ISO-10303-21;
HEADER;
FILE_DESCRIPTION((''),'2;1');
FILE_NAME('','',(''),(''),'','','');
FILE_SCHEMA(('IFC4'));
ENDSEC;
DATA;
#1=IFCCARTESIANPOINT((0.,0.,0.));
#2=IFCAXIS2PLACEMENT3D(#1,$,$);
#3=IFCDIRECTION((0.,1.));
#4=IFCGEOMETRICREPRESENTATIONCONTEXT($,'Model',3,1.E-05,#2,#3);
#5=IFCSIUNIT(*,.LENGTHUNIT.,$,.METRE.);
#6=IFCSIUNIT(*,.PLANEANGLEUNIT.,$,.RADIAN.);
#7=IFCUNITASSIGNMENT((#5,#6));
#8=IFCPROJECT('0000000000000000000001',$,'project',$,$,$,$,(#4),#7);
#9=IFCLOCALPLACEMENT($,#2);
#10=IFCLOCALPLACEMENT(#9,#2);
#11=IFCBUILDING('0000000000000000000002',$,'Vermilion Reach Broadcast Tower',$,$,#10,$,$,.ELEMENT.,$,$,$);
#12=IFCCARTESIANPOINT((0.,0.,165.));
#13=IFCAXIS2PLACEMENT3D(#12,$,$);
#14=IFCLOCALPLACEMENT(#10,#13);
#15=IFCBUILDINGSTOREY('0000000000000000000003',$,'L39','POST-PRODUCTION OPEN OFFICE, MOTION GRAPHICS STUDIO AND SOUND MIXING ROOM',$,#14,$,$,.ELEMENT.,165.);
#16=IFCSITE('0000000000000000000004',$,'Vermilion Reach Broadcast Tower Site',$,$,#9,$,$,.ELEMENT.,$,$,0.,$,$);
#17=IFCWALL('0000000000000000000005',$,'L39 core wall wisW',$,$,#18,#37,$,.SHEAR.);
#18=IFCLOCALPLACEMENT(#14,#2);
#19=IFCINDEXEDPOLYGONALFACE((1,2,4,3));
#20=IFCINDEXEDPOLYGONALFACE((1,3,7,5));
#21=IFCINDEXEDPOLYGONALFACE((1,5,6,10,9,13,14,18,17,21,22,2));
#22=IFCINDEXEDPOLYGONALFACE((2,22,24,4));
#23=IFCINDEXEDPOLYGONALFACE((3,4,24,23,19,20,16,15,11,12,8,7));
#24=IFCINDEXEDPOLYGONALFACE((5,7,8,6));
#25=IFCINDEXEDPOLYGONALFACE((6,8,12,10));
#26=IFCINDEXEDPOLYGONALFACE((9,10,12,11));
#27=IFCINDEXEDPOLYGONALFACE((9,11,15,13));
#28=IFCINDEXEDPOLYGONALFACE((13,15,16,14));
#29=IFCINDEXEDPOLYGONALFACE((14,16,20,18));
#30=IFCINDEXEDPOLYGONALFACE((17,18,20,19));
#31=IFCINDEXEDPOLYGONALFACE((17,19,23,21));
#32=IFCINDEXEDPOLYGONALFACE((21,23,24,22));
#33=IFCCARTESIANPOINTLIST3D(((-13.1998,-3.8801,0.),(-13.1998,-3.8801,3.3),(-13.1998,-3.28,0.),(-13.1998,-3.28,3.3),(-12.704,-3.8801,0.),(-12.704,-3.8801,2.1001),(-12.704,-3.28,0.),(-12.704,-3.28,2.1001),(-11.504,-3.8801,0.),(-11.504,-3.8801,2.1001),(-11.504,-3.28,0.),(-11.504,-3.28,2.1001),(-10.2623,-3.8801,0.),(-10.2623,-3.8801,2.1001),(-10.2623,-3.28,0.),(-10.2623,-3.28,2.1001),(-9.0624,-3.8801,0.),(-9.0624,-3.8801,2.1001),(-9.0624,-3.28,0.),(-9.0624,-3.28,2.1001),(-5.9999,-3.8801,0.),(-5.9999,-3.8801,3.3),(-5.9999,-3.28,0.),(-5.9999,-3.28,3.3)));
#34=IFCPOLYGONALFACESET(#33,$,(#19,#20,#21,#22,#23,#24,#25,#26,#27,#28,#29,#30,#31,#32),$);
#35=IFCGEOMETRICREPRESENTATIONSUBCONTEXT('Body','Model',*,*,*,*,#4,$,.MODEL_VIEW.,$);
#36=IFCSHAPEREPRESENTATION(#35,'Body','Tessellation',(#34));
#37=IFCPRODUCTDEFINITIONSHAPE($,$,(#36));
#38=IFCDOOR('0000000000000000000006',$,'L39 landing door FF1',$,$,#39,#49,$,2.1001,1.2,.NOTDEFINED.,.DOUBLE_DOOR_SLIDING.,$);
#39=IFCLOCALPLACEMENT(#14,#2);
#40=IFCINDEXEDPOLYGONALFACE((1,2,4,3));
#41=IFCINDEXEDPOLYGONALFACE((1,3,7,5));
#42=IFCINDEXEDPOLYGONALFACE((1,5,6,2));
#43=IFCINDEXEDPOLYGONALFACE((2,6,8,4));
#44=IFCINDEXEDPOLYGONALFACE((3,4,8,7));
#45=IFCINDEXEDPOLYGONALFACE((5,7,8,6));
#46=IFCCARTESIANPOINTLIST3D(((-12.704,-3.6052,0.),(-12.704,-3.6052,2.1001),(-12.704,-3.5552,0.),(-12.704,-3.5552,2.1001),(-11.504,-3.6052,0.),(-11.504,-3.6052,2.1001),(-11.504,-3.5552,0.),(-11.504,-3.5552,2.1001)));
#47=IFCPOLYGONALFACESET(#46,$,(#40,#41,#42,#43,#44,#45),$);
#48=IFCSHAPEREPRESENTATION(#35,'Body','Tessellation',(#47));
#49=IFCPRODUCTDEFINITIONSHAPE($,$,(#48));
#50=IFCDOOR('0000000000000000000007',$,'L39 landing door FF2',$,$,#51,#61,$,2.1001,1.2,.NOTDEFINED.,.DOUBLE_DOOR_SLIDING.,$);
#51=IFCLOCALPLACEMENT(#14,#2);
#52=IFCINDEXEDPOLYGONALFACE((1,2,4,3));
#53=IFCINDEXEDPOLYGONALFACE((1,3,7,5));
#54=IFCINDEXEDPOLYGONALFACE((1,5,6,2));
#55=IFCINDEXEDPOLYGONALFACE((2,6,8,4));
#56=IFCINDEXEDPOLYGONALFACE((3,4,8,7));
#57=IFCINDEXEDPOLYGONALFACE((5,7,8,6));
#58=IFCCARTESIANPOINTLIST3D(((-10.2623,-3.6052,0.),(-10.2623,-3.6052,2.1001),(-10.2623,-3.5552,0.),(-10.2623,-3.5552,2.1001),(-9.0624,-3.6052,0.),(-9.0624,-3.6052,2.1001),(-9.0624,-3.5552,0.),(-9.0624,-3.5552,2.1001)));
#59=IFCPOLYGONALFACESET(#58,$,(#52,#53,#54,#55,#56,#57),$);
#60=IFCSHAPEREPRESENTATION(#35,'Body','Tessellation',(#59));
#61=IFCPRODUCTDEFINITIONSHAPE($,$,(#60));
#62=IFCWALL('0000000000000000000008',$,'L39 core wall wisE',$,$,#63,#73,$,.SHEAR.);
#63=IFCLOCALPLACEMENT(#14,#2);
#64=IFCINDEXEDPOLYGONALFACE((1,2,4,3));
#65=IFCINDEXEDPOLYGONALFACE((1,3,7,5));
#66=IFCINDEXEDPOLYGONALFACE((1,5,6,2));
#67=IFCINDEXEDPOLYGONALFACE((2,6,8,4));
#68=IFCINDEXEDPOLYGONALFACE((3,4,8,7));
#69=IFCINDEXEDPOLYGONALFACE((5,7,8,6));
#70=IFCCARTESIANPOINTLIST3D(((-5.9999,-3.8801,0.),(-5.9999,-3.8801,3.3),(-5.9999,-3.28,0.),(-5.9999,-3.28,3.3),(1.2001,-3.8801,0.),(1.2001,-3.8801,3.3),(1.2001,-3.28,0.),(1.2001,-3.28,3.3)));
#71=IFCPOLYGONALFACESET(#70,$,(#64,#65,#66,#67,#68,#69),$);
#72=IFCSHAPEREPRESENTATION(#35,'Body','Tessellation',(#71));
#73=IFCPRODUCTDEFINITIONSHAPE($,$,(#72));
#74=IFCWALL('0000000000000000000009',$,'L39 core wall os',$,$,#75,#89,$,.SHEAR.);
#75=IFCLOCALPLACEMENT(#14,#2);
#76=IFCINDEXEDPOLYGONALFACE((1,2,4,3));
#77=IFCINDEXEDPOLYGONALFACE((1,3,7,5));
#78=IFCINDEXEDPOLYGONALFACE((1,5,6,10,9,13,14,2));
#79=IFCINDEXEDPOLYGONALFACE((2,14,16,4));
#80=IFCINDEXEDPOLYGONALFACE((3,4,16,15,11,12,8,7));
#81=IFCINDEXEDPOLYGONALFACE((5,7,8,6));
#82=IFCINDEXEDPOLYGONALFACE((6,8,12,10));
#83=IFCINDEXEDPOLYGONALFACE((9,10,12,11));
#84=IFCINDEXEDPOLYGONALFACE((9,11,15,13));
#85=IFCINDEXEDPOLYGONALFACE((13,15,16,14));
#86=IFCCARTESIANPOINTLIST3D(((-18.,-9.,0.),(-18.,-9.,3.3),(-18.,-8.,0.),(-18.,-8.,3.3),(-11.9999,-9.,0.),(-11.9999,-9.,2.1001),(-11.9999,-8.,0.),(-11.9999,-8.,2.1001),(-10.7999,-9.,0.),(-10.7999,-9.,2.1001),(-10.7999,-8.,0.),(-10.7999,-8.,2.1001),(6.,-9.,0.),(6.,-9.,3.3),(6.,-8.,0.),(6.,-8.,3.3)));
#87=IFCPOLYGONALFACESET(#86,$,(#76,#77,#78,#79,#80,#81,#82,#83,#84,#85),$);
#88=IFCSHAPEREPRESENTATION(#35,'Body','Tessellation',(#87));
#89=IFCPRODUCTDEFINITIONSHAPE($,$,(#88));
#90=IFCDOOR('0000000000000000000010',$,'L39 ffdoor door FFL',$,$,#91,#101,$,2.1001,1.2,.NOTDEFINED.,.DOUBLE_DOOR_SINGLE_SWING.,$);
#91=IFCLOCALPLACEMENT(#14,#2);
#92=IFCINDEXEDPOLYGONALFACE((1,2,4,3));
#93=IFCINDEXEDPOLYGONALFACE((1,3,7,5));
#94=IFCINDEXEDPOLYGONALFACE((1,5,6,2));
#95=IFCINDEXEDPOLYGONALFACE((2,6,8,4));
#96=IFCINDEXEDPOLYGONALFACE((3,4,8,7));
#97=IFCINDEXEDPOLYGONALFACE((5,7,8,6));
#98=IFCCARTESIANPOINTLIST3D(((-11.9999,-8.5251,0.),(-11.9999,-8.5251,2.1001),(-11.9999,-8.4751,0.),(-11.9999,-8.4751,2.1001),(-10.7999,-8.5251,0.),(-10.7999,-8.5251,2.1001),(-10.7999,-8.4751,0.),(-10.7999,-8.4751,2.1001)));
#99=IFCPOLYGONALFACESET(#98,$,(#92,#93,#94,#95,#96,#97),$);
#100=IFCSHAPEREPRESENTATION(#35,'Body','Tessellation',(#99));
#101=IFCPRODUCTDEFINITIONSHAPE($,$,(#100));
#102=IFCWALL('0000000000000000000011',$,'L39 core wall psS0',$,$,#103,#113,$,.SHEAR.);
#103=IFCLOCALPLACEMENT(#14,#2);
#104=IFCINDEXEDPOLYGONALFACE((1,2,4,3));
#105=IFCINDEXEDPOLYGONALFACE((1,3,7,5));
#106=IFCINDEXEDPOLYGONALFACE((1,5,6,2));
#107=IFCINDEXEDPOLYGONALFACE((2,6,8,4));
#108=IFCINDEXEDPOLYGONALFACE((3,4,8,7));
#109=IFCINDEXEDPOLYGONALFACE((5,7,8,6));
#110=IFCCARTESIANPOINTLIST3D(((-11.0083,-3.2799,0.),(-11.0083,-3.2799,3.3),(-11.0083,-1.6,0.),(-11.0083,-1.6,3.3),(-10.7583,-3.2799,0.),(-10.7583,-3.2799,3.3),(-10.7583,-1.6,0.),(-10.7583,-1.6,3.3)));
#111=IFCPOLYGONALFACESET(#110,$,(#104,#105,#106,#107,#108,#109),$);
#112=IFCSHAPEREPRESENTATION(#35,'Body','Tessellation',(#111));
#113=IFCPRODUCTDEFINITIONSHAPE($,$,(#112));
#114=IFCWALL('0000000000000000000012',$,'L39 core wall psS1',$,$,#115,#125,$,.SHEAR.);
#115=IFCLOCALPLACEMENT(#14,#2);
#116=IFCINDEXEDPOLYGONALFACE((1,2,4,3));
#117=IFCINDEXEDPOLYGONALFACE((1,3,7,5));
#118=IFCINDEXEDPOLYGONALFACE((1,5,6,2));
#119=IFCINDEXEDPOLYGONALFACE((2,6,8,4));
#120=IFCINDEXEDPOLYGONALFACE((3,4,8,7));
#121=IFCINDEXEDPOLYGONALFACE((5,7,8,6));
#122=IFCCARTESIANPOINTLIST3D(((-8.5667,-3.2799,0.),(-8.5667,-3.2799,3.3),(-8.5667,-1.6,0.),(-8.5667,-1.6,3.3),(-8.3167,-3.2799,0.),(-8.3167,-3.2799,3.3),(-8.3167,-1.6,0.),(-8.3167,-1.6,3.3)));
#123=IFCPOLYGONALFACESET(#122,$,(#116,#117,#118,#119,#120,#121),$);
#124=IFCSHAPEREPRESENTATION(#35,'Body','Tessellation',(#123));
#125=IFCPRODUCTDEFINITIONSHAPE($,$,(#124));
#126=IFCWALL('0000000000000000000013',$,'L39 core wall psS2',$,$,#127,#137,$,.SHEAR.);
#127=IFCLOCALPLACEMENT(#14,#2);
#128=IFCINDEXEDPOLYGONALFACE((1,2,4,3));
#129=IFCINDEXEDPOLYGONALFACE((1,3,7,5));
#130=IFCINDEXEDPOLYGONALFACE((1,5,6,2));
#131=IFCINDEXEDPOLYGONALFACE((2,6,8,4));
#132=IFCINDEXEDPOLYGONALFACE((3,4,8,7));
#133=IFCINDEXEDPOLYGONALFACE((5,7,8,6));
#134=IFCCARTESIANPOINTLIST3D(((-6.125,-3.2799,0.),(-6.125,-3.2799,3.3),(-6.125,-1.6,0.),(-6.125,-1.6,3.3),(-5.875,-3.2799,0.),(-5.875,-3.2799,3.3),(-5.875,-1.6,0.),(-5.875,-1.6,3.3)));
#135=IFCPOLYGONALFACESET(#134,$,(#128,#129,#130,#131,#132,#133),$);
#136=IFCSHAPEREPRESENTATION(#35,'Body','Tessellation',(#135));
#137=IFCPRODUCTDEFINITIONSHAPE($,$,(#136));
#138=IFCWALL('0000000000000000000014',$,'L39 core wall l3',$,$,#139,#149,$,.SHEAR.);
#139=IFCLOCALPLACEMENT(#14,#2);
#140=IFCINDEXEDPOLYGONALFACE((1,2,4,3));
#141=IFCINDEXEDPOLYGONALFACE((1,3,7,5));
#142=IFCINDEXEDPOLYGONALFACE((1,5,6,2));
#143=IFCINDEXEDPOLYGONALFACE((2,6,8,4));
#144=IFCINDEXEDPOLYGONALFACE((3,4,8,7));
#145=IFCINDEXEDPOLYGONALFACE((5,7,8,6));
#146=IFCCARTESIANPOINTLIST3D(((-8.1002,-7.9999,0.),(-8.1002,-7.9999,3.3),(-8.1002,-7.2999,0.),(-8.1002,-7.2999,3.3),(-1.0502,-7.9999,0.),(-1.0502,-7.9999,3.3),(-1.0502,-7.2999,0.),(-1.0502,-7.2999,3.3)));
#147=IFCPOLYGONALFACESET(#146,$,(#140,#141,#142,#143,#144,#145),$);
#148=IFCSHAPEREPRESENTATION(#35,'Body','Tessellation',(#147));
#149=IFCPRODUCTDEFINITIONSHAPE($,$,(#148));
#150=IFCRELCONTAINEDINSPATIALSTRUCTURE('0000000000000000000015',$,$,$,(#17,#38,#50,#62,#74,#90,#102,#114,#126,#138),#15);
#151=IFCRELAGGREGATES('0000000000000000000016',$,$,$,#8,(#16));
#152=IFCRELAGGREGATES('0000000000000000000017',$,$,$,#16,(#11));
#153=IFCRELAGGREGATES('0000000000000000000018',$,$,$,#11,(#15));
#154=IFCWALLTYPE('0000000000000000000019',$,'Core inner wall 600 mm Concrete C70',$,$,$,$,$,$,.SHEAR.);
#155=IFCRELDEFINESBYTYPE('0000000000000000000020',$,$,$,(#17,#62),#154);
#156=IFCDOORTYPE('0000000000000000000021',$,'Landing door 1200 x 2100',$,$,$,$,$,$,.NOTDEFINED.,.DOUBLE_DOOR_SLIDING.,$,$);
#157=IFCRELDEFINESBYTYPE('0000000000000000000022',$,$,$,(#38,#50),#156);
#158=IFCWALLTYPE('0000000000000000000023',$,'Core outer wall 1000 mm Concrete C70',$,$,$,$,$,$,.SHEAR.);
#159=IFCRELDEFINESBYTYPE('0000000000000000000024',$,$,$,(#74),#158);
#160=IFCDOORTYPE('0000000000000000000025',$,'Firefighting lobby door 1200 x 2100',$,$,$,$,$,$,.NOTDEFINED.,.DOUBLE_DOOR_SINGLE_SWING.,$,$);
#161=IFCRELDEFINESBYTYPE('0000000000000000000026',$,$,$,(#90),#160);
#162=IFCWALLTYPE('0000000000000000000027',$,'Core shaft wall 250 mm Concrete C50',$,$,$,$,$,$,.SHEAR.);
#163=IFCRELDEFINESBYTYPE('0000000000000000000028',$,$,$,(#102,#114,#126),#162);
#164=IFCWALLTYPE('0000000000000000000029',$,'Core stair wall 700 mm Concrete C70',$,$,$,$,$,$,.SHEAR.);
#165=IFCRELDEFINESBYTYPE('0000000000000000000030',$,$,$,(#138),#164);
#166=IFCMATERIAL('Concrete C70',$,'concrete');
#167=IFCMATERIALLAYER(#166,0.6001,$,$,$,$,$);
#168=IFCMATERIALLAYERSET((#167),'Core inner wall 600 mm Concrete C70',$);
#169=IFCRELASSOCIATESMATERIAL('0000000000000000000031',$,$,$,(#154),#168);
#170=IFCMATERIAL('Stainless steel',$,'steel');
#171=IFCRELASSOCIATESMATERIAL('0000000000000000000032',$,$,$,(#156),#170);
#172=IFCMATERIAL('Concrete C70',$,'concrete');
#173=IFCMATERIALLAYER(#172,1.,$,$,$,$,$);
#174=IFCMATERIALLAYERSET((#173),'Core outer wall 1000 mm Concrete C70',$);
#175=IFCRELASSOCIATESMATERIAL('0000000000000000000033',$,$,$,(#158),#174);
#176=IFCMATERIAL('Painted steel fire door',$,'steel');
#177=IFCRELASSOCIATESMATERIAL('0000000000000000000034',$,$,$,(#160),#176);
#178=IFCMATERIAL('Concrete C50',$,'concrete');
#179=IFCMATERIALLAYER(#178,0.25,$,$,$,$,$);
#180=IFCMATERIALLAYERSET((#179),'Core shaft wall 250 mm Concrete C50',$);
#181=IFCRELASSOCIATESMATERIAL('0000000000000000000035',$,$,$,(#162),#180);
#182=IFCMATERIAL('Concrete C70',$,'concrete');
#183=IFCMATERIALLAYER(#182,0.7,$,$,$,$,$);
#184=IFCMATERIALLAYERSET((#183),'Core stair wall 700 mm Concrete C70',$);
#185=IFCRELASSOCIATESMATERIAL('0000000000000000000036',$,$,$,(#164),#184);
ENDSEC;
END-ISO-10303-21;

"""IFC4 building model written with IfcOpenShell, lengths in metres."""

from ifc_helpers import new_model, si_unit, direction, frame, frame_2d, origin, place, context, subcontext, project, spatial, rectangle, extrude, material, layer, layer_set, type_object, element, fill, save


model = new_model("IFC4")

# Units and contexts
model_context = context("Model", 3, precision=1e-05, world=origin(), true_north=direction((0.0, 1.0)))
body_context = subcontext(model_context, "Body", "Model", "MODEL_VIEW")
ifc_project = project(units=[si_unit("LENGTHUNIT", "METRE"), si_unit("PLANEANGLEUNIT", "RADIAN")], contexts=[model_context])

# Site, building, storey
site_placement = place(None, origin())
site = spatial("IfcSite", under=ifc_project, at=site_placement, Name="Vermilion Reach Broadcast Tower Site", CompositionType="ELEMENT", RefElevation=0.0)
building_placement = place(site_placement, origin())
building = spatial("IfcBuilding", under=site, at=building_placement, Name="Vermilion Reach Broadcast Tower", CompositionType="ELEMENT")
storey_placement = place(building_placement, frame((0.0, 0.0, 165.0)))
storey = spatial("IfcBuildingStorey", under=building, at=storey_placement, Name="L39", Description="POST-PRODUCTION OPEN OFFICE, MOTION GRAPHICS STUDIO AND SOUND MIXING ROOM", CompositionType="ELEMENT", Elevation=165.0)

# Wall, openings, doors
ifc_material_1 = material(Name="Concrete C70", Category="concrete")
ifc_layer_1 = layer(ifc_material_1, 0.6001)
ifc_layer_set_1 = layer_set([ifc_layer_1], Name="Core inner wall 600 mm Concrete C70")
wall_type_1 = type_object("IfcWallType", Name="Core inner wall 600 mm Concrete C70", PredefinedType="SHEAR", material=ifc_layer_set_1)
wall_1_placement = place(storey_placement, frame((-13.2, -3.5801, 0.0), z_axis=(0.0, 0.0, 1.0), x_axis=(1.0, 0.0, 0.0)))
wall_1 = element("IfcWall", 1, at=wall_1_placement, inside=storey, type_object=wall_type_1, Name="L39 core wall wisW", PredefinedType="SHEAR", context=body_context, shape_type="SweptSolid", body=[
    extrude(rectangle(XDim=7.2, YDim=0.6001, at=frame_2d((3.6001, 0.0))), origin(), (0.0, 0.0, 1.0), 3.3),
])
opening_1_placement = place(wall_1_placement, frame((0.4958, 0.0, 0.0)))
opening_1 = element("IfcOpeningElement", 2, at=opening_1_placement, cuts=wall_1, PredefinedType="OPENING", context=body_context, shape_type="SweptSolid", body=[
    extrude(rectangle(XDim=1.2, YDim=2.1001, at=frame_2d((0.6001, 1.05))), frame((0.0, 0.3101, 0.0), z_axis=(0.0, -1.0, 0.0), x_axis=(1.0, 0.0, 0.0)), (0.0, 0.0, 1.0), 0.6201),
])
opening_2_placement = place(wall_1_placement, frame((2.9375, 0.0, 0.0)))
opening_2 = element("IfcOpeningElement", 3, at=opening_2_placement, cuts=wall_1, PredefinedType="OPENING", context=body_context, shape_type="SweptSolid", body=[
    extrude(rectangle(XDim=1.2, YDim=2.1001, at=frame_2d((0.6001, 1.05))), frame((0.0, 0.3101, 0.0), z_axis=(0.0, -1.0, 0.0), x_axis=(1.0, 0.0, 0.0)), (0.0, 0.0, 1.0), 0.6201),
])
ifc_material_2 = material(Name="Stainless steel", Category="steel")
door_type_1 = type_object("IfcDoorType", Name="Landing door 1200 x 2100", OperationType="DOUBLE_DOOR_SLIDING", PredefinedType="NOTDEFINED", material=ifc_material_2)
door_1_placement = place(opening_1_placement, origin())
door_1 = element("IfcDoor", 4, at=door_1_placement, inside=storey, type_object=door_type_1, Name="L39 landing door FF1", OperationType="DOUBLE_DOOR_SLIDING", OverallHeight=2.1001, OverallWidth=1.2, PredefinedType="NOTDEFINED", context=body_context, shape_type="SweptSolid", body=[
    extrude(rectangle(XDim=1.2, YDim=2.1001, at=frame_2d((0.6001, 1.05))), frame((0.0, 0.0249, 0.0), z_axis=(0.0, -1.0, 0.0), x_axis=(1.0, 0.0, 0.0)), (0.0, 0.0, 1.0), 0.05),
])
fill(opening_1, door_1)
door_2_placement = place(opening_2_placement, origin())
door_2 = element("IfcDoor", 5, at=door_2_placement, inside=storey, type_object=door_type_1, Name="L39 landing door FF2", OperationType="DOUBLE_DOOR_SLIDING", OverallHeight=2.1001, OverallWidth=1.2, PredefinedType="NOTDEFINED", context=body_context, shape_type="SweptSolid", body=[
    extrude(rectangle(XDim=1.2, YDim=2.1001, at=frame_2d((0.6001, 1.05))), frame((0.0, 0.0249, 0.0), z_axis=(0.0, -1.0, 0.0), x_axis=(1.0, 0.0, 0.0)), (0.0, 0.0, 1.0), 0.05),
])
fill(opening_2, door_2)

# Wall
wall_2_placement = place(storey_placement, frame((-6.0, -3.5801, 0.0), z_axis=(0.0, 0.0, 1.0), x_axis=(1.0, 0.0, 0.0)))
element("IfcWall", 6, at=wall_2_placement, inside=storey, type_object=wall_type_1, Name="L39 core wall wisE", PredefinedType="SHEAR", context=body_context, shape_type="SweptSolid", body=[
    extrude(rectangle(XDim=7.2, YDim=0.6001, at=frame_2d((3.6001, 0.0))), origin(), (0.0, 0.0, 1.0), 3.3),
])

# Wall, opening, door
ifc_material_3 = material(Name="Concrete C70", Category="concrete")
ifc_layer_2 = layer(ifc_material_3, 1.0)
ifc_layer_set_2 = layer_set([ifc_layer_2], Name="Core outer wall 1000 mm Concrete C70")
wall_type_2 = type_object("IfcWallType", Name="Core outer wall 1000 mm Concrete C70", PredefinedType="SHEAR", material=ifc_layer_set_2)
wall_3_placement = place(storey_placement, frame((-18.0, -8.5, 0.0), z_axis=(0.0, 0.0, 1.0), x_axis=(1.0, 0.0, 0.0)))
wall_3 = element("IfcWall", 7, at=wall_3_placement, inside=storey, type_object=wall_type_2, Name="L39 core wall os", PredefinedType="SHEAR", context=body_context, shape_type="SweptSolid", body=[
    extrude(rectangle(XDim=24.0, YDim=1.0, at=frame_2d((12.0, 0.0))), origin(), (0.0, 0.0, 1.0), 3.3),
])
opening_3_placement = place(wall_3_placement, frame((6.0, 0.0, 0.0)))
opening_3 = element("IfcOpeningElement", 8, at=opening_3_placement, cuts=wall_3, PredefinedType="OPENING", context=body_context, shape_type="SweptSolid", body=[
    extrude(rectangle(XDim=1.2, YDim=2.1001, at=frame_2d((0.6001, 1.05))), frame((0.0, 0.51, 0.0), z_axis=(0.0, -1.0, 0.0), x_axis=(1.0, 0.0, 0.0)), (0.0, 0.0, 1.0), 1.02),
])
ifc_material_4 = material(Name="Painted steel fire door", Category="steel")
door_type_2 = type_object("IfcDoorType", Name="Firefighting lobby door 1200 x 2100", OperationType="DOUBLE_DOOR_SINGLE_SWING", PredefinedType="NOTDEFINED", material=ifc_material_4)
door_3_placement = place(opening_3_placement, origin())
door_3 = element("IfcDoor", 9, at=door_3_placement, inside=storey, type_object=door_type_2, Name="L39 ffdoor door FFL", OperationType="DOUBLE_DOOR_SINGLE_SWING", OverallHeight=2.1001, OverallWidth=1.2, PredefinedType="NOTDEFINED", context=body_context, shape_type="SweptSolid", body=[
    extrude(rectangle(XDim=1.2, YDim=2.1001, at=frame_2d((0.6001, 1.05))), frame((0.0, 0.0249, 0.0), z_axis=(0.0, -1.0, 0.0), x_axis=(1.0, 0.0, 0.0)), (0.0, 0.0, 1.0), 0.05),
])
fill(opening_3, door_3)

# Walls
ifc_material_5 = material(Name="Concrete C50", Category="concrete")
ifc_layer_3 = layer(ifc_material_5, 0.25)
ifc_layer_set_3 = layer_set([ifc_layer_3], Name="Core shaft wall 250 mm Concrete C50")
wall_type_3 = type_object("IfcWallType", Name="Core shaft wall 250 mm Concrete C50", PredefinedType="SHEAR", material=ifc_layer_set_3)
for number, where, z_axis, x_axis, name in (
    (10, (-10.8833, -1.6001, 0.0), (0.0, 0.0, 1.0), (0.0, -1.0, 0.0), "L39 core wall psS0"),
    (11, (-8.4417, -1.6001, 0.0), (0.0, 0.0, 1.0), (0.0, -1.0, 0.0), "L39 core wall psS1"),
    (12, (-6.0, -1.6001, 0.0), (0.0, 0.0, 1.0), (0.0, -1.0, 0.0), "L39 core wall psS2"),
):
    element("IfcWall", number, at=place(storey_placement, frame(where, z_axis=z_axis, x_axis=x_axis)), inside=storey, type_object=wall_type_3, Name=name, PredefinedType="SHEAR", context=body_context, shape_type="SweptSolid", body=[
        extrude(rectangle(XDim=1.6799, YDim=0.25, at=frame_2d((0.8398, 0.0))), origin(), (0.0, 0.0, 1.0), 3.3),
    ])
ifc_material_6 = material(Name="Concrete C70", Category="concrete")
ifc_layer_4 = layer(ifc_material_6, 0.7)
ifc_layer_set_4 = layer_set([ifc_layer_4], Name="Core stair wall 700 mm Concrete C70")
wall_type_4 = type_object("IfcWallType", Name="Core stair wall 700 mm Concrete C70", PredefinedType="SHEAR", material=ifc_layer_set_4)
wall_4_placement = place(storey_placement, frame((-8.1001, -7.6499, 0.0), z_axis=(0.0, 0.0, 1.0), x_axis=(1.0, 0.0, 0.0)))
element("IfcWall", 13, at=wall_4_placement, inside=storey, type_object=wall_type_4, Name="L39 core wall l3", PredefinedType="SHEAR", context=body_context, shape_type="SweptSolid", body=[
    extrude(rectangle(XDim=7.05, YDim=0.7, at=frame_2d((3.5249, 0.0))), origin(), (0.0, 0.0, 1.0), 3.3),
])

save(model, "model.ifc")
